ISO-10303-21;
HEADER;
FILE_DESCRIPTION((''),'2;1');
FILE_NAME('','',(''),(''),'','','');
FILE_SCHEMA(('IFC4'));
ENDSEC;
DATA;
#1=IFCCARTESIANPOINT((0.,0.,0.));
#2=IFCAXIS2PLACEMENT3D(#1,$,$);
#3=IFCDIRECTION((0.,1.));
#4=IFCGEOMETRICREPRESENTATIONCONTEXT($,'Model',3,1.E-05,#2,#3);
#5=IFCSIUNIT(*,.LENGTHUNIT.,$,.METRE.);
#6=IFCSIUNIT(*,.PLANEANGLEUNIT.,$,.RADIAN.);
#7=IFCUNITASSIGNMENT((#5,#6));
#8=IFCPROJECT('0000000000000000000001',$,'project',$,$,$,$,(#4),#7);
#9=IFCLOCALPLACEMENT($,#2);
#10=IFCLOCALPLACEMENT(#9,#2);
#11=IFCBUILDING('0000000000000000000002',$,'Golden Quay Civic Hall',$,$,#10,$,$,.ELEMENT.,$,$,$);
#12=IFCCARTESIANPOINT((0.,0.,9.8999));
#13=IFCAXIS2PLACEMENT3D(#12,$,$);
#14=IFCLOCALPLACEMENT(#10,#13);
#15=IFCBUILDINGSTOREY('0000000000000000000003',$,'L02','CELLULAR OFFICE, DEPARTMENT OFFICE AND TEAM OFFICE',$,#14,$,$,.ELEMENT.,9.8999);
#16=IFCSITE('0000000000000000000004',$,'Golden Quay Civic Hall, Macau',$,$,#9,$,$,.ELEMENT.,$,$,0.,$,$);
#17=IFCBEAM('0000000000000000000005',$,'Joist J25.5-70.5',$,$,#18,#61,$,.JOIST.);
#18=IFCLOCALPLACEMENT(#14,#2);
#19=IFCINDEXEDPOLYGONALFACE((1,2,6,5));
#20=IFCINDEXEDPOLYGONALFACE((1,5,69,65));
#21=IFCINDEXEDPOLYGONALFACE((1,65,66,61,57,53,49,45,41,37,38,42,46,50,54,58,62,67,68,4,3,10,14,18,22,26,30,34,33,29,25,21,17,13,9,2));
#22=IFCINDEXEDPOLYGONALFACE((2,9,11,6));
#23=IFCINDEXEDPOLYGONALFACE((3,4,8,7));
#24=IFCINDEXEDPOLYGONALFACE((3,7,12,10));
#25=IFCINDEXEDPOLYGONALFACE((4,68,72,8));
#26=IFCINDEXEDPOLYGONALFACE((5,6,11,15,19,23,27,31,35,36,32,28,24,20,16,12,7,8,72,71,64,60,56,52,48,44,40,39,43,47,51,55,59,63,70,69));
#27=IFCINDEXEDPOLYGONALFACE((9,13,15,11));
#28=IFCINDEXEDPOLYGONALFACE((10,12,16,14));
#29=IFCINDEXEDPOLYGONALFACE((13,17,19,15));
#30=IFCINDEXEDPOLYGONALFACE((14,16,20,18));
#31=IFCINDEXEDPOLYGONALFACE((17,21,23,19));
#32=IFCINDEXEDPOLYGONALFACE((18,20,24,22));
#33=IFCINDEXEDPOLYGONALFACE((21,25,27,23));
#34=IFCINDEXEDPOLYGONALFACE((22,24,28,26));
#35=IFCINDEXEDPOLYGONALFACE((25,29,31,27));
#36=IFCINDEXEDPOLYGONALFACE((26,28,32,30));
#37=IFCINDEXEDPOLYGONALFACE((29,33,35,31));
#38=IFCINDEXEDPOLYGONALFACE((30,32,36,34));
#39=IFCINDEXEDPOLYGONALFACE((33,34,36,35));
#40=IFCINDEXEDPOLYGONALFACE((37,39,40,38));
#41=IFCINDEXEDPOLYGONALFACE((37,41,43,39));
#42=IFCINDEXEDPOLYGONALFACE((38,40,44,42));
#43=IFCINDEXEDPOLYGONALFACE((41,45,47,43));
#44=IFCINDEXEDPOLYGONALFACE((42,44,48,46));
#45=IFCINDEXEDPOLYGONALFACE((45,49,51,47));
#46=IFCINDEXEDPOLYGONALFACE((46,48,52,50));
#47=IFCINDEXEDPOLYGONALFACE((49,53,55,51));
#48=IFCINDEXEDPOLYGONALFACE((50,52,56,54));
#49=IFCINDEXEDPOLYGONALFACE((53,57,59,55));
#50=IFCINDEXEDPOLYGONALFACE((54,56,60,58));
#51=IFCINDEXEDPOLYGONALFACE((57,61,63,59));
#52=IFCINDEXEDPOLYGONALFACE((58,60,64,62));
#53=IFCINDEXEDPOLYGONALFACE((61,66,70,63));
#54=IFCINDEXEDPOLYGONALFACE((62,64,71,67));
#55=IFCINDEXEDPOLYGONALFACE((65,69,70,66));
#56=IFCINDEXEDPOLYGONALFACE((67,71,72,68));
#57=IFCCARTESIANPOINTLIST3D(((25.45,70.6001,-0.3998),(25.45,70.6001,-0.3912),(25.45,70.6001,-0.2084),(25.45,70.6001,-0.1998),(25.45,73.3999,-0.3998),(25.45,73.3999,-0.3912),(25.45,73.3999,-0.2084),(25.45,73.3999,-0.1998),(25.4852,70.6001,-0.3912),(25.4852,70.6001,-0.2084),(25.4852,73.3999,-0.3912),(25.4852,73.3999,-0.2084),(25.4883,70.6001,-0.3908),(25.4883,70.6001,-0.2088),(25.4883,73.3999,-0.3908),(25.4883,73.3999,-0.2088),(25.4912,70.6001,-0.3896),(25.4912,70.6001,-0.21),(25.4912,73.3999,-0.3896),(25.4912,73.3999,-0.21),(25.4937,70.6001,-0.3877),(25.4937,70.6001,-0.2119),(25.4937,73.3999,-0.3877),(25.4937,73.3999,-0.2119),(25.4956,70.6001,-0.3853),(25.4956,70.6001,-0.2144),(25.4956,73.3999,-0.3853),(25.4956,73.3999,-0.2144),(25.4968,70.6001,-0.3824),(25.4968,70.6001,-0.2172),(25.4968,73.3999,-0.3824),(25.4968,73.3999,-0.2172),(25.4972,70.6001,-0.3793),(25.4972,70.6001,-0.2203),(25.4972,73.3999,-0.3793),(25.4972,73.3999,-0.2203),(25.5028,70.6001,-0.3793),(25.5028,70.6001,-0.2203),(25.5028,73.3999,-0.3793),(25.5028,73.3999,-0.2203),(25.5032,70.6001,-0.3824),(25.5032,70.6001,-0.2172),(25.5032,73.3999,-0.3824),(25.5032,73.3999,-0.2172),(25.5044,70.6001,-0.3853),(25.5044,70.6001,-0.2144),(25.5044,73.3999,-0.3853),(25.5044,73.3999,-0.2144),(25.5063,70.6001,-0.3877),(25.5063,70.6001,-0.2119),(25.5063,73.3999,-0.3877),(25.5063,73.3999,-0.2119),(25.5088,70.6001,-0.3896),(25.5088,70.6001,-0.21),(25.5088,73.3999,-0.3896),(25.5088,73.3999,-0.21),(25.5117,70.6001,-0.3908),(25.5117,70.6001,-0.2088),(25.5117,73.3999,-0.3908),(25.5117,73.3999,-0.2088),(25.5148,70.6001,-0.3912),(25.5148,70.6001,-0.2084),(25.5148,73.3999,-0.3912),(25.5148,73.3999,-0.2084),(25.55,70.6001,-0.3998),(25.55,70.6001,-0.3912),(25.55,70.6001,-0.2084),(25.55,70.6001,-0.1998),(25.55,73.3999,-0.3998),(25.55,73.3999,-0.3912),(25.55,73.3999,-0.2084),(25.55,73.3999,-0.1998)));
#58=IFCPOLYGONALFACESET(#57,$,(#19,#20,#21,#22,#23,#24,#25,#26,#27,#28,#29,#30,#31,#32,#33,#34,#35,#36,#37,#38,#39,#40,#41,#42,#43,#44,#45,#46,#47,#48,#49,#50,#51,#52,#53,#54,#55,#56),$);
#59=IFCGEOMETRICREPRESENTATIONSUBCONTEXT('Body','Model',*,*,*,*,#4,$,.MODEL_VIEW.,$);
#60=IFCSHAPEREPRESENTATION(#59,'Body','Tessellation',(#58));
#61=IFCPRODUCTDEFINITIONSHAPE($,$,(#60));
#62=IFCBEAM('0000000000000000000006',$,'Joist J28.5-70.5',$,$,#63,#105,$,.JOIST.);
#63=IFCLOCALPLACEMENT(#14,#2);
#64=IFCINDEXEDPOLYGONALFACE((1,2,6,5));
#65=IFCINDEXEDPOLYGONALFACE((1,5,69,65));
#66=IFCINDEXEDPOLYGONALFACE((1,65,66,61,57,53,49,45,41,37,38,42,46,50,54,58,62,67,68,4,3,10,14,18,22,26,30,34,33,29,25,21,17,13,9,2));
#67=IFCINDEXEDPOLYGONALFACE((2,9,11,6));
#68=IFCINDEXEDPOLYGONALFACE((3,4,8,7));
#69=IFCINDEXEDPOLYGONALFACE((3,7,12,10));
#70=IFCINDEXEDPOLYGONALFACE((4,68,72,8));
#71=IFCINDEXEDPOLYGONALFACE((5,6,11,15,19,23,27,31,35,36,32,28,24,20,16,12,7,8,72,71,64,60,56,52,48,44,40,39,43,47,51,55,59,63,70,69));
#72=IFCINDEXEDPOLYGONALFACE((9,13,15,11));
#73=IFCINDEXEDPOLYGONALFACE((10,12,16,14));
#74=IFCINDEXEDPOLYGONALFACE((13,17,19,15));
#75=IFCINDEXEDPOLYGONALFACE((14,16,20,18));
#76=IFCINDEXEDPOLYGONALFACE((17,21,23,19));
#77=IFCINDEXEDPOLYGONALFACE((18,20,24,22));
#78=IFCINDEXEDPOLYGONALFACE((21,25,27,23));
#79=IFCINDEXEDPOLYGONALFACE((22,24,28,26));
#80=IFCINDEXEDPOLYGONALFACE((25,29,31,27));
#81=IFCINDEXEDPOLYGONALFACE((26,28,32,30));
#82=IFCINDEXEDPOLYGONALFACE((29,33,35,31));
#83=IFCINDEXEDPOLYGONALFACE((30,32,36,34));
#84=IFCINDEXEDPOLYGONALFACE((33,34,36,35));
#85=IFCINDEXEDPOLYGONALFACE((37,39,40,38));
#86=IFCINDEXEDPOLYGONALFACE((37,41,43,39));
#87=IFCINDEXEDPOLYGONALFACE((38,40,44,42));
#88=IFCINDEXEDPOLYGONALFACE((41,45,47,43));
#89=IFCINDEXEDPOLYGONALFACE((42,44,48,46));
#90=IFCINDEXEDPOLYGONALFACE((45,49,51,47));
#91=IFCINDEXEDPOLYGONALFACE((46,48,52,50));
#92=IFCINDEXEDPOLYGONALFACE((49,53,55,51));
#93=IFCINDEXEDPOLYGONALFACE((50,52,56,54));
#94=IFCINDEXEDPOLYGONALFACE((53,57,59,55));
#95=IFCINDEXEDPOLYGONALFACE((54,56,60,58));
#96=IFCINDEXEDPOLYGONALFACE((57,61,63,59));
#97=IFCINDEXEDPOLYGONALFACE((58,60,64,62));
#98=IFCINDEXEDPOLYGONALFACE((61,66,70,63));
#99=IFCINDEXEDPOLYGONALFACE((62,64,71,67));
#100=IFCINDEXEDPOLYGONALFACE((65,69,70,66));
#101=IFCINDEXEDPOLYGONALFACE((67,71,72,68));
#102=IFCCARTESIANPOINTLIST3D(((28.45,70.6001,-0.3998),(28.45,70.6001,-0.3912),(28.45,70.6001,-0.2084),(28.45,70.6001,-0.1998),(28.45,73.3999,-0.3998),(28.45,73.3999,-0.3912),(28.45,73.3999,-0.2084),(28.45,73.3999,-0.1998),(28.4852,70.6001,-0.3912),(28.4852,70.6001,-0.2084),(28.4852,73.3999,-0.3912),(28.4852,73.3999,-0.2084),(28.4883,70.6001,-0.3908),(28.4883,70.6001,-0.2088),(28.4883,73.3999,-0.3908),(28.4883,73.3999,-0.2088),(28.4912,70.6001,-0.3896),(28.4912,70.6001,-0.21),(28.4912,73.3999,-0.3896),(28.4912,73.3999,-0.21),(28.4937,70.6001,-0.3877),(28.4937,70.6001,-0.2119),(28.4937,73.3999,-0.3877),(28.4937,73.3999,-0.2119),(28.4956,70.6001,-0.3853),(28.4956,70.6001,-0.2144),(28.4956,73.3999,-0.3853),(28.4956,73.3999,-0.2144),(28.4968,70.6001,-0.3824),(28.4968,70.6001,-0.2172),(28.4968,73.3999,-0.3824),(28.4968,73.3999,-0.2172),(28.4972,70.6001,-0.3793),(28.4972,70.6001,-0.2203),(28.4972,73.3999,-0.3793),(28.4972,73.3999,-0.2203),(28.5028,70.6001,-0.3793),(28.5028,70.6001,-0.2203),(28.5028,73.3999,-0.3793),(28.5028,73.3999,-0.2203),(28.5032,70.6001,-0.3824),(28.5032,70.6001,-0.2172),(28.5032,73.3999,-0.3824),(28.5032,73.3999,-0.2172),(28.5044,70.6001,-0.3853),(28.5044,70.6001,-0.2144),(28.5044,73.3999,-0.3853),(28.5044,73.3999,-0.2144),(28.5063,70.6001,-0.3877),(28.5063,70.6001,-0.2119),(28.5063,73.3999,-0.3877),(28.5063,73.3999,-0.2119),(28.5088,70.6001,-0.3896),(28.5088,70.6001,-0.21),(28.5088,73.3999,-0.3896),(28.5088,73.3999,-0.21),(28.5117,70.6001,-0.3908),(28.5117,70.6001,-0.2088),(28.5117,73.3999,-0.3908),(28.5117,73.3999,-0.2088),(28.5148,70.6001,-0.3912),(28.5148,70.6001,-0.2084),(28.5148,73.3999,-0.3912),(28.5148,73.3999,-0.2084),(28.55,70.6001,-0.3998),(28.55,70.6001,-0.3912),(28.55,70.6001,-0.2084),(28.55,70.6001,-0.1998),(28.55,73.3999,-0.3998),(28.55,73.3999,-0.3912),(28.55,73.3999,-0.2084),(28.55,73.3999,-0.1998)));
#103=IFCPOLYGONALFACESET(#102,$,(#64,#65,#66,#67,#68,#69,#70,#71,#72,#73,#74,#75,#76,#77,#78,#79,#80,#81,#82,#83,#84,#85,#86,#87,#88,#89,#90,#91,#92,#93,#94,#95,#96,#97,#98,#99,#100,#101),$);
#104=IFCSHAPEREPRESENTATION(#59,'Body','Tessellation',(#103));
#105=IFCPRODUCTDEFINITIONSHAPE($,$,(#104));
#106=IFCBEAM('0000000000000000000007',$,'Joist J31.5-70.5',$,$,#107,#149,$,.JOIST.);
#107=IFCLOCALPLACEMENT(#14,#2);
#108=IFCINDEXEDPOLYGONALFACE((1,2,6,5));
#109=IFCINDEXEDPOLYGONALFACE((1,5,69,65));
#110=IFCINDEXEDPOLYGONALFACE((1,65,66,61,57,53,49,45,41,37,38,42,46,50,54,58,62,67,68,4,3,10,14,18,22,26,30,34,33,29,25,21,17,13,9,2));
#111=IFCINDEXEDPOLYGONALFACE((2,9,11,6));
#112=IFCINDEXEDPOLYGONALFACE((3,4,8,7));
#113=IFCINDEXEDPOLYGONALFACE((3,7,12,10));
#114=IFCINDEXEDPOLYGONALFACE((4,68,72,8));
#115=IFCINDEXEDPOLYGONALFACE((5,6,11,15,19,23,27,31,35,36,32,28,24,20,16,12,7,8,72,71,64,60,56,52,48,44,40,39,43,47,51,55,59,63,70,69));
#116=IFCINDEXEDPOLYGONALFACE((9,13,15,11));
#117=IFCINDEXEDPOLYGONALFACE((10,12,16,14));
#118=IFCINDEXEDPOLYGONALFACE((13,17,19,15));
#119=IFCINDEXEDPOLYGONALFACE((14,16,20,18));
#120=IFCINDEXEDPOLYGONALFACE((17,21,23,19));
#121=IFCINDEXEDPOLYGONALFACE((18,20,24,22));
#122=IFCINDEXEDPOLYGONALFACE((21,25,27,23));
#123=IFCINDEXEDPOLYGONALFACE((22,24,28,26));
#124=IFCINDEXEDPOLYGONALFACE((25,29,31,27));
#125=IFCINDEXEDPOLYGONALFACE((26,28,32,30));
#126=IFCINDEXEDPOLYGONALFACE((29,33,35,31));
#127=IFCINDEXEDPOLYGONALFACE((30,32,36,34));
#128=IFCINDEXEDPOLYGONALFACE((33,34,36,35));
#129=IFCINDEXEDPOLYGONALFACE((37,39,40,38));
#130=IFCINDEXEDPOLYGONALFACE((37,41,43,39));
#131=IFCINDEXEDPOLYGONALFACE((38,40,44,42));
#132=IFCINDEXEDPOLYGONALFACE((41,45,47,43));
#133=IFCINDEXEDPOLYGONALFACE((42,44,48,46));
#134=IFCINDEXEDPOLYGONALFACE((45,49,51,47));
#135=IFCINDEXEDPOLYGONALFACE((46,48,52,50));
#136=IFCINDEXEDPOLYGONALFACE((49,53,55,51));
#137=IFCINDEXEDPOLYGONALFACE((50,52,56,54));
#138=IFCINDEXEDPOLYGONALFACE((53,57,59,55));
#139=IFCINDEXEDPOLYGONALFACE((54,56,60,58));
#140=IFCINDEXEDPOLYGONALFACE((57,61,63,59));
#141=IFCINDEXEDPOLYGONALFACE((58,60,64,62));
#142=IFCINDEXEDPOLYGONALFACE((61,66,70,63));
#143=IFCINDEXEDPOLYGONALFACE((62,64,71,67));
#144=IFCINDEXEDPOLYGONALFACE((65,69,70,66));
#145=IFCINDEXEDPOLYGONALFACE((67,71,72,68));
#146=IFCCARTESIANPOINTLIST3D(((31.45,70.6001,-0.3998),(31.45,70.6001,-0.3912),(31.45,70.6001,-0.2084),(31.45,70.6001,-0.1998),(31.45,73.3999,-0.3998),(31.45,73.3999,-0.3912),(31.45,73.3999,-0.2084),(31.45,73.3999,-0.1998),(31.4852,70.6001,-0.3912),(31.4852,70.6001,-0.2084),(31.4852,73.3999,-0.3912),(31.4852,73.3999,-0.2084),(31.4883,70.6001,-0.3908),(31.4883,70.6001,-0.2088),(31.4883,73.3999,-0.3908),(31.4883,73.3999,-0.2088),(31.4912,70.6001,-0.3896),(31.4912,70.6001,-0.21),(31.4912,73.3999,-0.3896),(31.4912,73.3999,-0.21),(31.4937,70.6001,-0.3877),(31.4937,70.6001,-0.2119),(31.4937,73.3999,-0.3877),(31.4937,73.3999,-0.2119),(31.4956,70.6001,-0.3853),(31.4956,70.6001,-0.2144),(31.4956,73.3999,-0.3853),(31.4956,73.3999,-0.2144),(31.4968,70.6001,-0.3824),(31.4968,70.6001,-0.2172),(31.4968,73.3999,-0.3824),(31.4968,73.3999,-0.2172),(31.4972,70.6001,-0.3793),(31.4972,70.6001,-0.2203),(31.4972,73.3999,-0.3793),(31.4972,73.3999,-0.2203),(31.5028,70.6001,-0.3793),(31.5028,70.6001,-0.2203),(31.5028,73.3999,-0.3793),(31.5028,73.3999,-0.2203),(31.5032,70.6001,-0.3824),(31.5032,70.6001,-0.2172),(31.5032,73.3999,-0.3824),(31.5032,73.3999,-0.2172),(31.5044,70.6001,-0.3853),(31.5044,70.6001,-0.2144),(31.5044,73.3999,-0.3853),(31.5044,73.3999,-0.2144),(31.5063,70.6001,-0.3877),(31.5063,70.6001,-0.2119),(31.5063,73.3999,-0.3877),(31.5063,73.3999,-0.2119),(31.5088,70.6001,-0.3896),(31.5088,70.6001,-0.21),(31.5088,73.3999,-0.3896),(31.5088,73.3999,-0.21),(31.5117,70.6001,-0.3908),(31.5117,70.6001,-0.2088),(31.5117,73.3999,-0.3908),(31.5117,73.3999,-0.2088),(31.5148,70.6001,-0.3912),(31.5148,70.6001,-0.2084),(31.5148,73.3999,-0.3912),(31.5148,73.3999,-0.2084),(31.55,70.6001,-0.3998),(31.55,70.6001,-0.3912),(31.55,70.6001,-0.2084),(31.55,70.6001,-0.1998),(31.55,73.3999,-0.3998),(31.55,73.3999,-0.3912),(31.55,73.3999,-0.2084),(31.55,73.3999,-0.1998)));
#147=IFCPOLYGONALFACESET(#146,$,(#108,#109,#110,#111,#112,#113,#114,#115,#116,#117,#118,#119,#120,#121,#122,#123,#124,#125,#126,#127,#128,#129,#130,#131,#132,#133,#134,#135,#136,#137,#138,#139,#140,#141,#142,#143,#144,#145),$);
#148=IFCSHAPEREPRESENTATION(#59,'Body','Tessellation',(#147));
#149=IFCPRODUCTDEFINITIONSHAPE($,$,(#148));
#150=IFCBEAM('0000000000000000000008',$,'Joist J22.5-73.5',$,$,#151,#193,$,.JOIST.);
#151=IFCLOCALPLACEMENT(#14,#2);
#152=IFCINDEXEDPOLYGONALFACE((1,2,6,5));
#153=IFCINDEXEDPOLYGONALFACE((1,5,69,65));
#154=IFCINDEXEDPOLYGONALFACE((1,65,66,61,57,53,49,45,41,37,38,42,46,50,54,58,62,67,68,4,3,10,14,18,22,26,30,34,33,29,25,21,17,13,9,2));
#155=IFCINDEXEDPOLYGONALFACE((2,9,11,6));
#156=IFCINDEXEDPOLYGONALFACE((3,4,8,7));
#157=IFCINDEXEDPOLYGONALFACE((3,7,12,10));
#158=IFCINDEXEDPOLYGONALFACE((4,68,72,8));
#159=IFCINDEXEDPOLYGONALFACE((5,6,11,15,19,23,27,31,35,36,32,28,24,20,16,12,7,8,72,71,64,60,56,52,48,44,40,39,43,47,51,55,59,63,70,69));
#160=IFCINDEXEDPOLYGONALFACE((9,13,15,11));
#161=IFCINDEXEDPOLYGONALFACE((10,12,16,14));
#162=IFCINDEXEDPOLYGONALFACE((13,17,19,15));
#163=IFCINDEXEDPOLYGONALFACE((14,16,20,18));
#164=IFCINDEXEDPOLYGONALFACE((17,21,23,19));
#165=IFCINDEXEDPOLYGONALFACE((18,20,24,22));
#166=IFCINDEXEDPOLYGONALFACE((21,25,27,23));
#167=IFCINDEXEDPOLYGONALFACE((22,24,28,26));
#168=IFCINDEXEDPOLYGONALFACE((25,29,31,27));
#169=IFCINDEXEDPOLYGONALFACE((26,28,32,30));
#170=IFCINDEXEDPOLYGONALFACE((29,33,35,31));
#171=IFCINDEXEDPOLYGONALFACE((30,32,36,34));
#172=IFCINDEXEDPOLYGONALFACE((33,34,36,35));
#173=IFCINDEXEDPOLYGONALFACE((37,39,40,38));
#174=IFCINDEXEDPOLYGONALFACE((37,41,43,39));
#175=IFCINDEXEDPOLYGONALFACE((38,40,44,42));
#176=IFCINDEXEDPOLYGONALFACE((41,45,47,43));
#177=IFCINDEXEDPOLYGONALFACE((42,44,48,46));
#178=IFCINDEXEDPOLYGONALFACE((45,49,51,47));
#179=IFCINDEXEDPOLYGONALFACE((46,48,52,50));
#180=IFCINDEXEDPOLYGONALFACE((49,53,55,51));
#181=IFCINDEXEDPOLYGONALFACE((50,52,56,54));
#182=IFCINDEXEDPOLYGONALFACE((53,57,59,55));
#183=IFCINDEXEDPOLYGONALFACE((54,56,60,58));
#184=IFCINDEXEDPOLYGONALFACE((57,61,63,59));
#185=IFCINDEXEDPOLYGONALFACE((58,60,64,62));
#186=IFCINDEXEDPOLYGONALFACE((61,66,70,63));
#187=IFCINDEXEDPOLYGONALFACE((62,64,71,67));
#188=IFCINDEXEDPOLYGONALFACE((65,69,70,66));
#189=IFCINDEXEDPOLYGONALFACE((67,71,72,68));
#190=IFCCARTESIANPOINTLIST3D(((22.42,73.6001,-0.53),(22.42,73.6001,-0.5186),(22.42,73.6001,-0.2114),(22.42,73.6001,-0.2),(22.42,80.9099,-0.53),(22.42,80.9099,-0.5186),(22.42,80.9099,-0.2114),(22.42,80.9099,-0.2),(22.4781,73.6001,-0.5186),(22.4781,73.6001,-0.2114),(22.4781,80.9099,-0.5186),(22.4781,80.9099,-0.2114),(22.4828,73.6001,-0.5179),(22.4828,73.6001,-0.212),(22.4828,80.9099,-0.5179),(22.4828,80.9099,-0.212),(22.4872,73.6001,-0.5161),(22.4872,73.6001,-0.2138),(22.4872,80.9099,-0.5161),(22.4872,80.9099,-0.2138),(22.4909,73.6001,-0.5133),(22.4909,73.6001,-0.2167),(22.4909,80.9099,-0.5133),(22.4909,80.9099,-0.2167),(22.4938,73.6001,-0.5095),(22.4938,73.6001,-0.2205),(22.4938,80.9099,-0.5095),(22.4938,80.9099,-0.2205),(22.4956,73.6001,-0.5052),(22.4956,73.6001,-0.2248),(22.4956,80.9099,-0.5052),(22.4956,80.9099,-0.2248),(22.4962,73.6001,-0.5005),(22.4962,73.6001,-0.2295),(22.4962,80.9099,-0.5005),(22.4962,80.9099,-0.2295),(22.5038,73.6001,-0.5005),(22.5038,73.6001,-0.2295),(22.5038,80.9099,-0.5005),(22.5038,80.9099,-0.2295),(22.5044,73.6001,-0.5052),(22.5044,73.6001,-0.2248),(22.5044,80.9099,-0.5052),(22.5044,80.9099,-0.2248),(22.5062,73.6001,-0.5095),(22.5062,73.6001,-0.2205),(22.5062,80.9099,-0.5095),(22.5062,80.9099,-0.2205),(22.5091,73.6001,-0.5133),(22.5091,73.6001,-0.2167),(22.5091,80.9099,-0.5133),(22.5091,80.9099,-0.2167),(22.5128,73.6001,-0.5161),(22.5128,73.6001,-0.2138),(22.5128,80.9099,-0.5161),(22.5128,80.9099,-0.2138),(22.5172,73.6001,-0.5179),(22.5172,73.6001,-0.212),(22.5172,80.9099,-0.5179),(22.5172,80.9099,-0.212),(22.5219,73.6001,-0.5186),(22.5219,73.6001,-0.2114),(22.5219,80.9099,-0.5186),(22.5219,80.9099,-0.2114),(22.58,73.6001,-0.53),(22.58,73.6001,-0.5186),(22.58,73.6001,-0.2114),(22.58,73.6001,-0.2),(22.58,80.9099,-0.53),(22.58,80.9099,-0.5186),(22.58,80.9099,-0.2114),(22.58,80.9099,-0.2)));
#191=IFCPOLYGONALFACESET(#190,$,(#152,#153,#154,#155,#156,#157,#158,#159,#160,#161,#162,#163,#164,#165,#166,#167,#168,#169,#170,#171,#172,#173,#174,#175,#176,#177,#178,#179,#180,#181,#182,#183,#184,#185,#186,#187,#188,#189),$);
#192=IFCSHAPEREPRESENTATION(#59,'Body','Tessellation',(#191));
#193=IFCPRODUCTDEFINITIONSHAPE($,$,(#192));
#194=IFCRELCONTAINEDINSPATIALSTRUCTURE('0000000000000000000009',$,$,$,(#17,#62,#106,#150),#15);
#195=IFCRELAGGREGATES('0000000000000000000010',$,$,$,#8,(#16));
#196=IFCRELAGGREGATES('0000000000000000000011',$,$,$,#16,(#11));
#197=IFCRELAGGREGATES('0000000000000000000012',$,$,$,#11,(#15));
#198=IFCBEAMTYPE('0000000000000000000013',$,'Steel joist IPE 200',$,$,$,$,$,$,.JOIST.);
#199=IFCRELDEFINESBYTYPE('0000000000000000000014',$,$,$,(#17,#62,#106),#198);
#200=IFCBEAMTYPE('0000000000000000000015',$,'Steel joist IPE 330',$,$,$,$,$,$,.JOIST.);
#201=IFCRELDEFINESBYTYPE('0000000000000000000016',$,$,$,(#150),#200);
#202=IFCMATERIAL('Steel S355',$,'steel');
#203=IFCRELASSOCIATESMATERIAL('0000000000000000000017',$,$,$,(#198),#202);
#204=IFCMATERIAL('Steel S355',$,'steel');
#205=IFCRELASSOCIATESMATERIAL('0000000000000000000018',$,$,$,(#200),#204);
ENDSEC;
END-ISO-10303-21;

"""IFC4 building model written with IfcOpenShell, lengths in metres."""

from ifc_helpers import new_model, si_unit, direction, frame, origin, origin_2d, place, context, subcontext, project, spatial, i_section, extrude, material, material_profile, profile_set, type_object, element, save


model = new_model("IFC4")

# Units and contexts
model_context = context("Model", 3, precision=1e-05, world=origin(), true_north=direction((0.0, 1.0)))
body_context = subcontext(model_context, "Body", "Model", "MODEL_VIEW")
ifc_project = project(units=[si_unit("LENGTHUNIT", "METRE"), si_unit("PLANEANGLEUNIT", "RADIAN")], contexts=[model_context])

# Site, building, storey
site_placement = place(None, origin())
site = spatial("IfcSite", under=ifc_project, at=site_placement, Name="Golden Quay Civic Hall, Macau", CompositionType="ELEMENT", RefElevation=0.0)
building_placement = place(site_placement, origin())
building = spatial("IfcBuilding", under=site, at=building_placement, Name="Golden Quay Civic Hall", CompositionType="ELEMENT")
storey_placement = place(building_placement, frame((0.0, 0.0, 9.8999)))
storey = spatial("IfcBuildingStorey", under=building, at=storey_placement, Name="L02", Description="CELLULAR OFFICE, DEPARTMENT OFFICE AND TEAM OFFICE", CompositionType="ELEMENT", Elevation=9.8999)

# Beams
ifc_material_1 = material(Name="Steel S355", Category="steel")
ifc_material_profile_1 = material_profile(ifc_material_1, i_section(OverallWidth=0.1001, OverallDepth=0.2, WebThickness=0.0056, FlangeThickness=0.0085, FilletRadius=0.012, at=origin_2d()), Name="IPE 200")
ifc_profile_set_1 = profile_set([ifc_material_profile_1], Name="Steel S355")
beam_type_1 = type_object("IfcBeamType", Name="Steel joist IPE 200", PredefinedType="JOIST", material=ifc_profile_set_1)
for number, where, z_axis, x_axis, name in (
    (1, (25.5, 70.6001, -0.2998), (0.0, 1.0, 0.0), (-1.0, 0.0, 0.0), "Joist J25.5-70.5"),
    (2, (28.5, 70.6001, -0.2998), (0.0, 1.0, 0.0), (-1.0, 0.0, 0.0), "Joist J28.5-70.5"),
    (3, (31.5, 70.6001, -0.2998), (0.0, 1.0, 0.0), (-1.0, 0.0, 0.0), "Joist J31.5-70.5"),
):
    element("IfcBeam", number, at=place(storey_placement, frame(where, z_axis=z_axis, x_axis=x_axis)), inside=storey, type_object=beam_type_1, Name=name, PredefinedType="JOIST", context=body_context, shape_type="SweptSolid", body=[
        extrude(i_section(OverallWidth=0.1001, OverallDepth=0.2, WebThickness=0.0056, FlangeThickness=0.0085, FilletRadius=0.012, at=origin_2d()), origin(), (0.0, 0.0, 1.0), 2.7998),
    ])
ifc_material_2 = material(Name="Steel S355", Category="steel")
ifc_material_profile_2 = material_profile(ifc_material_2, i_section(OverallWidth=0.1599, OverallDepth=0.3301, WebThickness=0.0076, FlangeThickness=0.0115, FilletRadius=0.0181, at=origin_2d()), Name="IPE 330")
ifc_profile_set_2 = profile_set([ifc_material_profile_2], Name="Steel S355")
beam_type_2 = type_object("IfcBeamType", Name="Steel joist IPE 330", PredefinedType="JOIST", material=ifc_profile_set_2)
for number, where, z_axis, x_axis, name in (
    (4, (22.5, 73.6001, -0.365), (0.0, 1.0, 0.0), (-1.0, 0.0, 0.0), "Joist J22.5-73.5"),
):
    element("IfcBeam", number, at=place(storey_placement, frame(where, z_axis=z_axis, x_axis=x_axis)), inside=storey, type_object=beam_type_2, Name=name, PredefinedType="JOIST", context=body_context, shape_type="SweptSolid", body=[
        extrude(i_section(OverallWidth=0.1599, OverallDepth=0.3301, WebThickness=0.0076, FlangeThickness=0.0115, FilletRadius=0.0181, at=origin_2d()), origin(), (0.0, 0.0, 1.0), 7.3098),
    ])

save(model, "model.ifc")
